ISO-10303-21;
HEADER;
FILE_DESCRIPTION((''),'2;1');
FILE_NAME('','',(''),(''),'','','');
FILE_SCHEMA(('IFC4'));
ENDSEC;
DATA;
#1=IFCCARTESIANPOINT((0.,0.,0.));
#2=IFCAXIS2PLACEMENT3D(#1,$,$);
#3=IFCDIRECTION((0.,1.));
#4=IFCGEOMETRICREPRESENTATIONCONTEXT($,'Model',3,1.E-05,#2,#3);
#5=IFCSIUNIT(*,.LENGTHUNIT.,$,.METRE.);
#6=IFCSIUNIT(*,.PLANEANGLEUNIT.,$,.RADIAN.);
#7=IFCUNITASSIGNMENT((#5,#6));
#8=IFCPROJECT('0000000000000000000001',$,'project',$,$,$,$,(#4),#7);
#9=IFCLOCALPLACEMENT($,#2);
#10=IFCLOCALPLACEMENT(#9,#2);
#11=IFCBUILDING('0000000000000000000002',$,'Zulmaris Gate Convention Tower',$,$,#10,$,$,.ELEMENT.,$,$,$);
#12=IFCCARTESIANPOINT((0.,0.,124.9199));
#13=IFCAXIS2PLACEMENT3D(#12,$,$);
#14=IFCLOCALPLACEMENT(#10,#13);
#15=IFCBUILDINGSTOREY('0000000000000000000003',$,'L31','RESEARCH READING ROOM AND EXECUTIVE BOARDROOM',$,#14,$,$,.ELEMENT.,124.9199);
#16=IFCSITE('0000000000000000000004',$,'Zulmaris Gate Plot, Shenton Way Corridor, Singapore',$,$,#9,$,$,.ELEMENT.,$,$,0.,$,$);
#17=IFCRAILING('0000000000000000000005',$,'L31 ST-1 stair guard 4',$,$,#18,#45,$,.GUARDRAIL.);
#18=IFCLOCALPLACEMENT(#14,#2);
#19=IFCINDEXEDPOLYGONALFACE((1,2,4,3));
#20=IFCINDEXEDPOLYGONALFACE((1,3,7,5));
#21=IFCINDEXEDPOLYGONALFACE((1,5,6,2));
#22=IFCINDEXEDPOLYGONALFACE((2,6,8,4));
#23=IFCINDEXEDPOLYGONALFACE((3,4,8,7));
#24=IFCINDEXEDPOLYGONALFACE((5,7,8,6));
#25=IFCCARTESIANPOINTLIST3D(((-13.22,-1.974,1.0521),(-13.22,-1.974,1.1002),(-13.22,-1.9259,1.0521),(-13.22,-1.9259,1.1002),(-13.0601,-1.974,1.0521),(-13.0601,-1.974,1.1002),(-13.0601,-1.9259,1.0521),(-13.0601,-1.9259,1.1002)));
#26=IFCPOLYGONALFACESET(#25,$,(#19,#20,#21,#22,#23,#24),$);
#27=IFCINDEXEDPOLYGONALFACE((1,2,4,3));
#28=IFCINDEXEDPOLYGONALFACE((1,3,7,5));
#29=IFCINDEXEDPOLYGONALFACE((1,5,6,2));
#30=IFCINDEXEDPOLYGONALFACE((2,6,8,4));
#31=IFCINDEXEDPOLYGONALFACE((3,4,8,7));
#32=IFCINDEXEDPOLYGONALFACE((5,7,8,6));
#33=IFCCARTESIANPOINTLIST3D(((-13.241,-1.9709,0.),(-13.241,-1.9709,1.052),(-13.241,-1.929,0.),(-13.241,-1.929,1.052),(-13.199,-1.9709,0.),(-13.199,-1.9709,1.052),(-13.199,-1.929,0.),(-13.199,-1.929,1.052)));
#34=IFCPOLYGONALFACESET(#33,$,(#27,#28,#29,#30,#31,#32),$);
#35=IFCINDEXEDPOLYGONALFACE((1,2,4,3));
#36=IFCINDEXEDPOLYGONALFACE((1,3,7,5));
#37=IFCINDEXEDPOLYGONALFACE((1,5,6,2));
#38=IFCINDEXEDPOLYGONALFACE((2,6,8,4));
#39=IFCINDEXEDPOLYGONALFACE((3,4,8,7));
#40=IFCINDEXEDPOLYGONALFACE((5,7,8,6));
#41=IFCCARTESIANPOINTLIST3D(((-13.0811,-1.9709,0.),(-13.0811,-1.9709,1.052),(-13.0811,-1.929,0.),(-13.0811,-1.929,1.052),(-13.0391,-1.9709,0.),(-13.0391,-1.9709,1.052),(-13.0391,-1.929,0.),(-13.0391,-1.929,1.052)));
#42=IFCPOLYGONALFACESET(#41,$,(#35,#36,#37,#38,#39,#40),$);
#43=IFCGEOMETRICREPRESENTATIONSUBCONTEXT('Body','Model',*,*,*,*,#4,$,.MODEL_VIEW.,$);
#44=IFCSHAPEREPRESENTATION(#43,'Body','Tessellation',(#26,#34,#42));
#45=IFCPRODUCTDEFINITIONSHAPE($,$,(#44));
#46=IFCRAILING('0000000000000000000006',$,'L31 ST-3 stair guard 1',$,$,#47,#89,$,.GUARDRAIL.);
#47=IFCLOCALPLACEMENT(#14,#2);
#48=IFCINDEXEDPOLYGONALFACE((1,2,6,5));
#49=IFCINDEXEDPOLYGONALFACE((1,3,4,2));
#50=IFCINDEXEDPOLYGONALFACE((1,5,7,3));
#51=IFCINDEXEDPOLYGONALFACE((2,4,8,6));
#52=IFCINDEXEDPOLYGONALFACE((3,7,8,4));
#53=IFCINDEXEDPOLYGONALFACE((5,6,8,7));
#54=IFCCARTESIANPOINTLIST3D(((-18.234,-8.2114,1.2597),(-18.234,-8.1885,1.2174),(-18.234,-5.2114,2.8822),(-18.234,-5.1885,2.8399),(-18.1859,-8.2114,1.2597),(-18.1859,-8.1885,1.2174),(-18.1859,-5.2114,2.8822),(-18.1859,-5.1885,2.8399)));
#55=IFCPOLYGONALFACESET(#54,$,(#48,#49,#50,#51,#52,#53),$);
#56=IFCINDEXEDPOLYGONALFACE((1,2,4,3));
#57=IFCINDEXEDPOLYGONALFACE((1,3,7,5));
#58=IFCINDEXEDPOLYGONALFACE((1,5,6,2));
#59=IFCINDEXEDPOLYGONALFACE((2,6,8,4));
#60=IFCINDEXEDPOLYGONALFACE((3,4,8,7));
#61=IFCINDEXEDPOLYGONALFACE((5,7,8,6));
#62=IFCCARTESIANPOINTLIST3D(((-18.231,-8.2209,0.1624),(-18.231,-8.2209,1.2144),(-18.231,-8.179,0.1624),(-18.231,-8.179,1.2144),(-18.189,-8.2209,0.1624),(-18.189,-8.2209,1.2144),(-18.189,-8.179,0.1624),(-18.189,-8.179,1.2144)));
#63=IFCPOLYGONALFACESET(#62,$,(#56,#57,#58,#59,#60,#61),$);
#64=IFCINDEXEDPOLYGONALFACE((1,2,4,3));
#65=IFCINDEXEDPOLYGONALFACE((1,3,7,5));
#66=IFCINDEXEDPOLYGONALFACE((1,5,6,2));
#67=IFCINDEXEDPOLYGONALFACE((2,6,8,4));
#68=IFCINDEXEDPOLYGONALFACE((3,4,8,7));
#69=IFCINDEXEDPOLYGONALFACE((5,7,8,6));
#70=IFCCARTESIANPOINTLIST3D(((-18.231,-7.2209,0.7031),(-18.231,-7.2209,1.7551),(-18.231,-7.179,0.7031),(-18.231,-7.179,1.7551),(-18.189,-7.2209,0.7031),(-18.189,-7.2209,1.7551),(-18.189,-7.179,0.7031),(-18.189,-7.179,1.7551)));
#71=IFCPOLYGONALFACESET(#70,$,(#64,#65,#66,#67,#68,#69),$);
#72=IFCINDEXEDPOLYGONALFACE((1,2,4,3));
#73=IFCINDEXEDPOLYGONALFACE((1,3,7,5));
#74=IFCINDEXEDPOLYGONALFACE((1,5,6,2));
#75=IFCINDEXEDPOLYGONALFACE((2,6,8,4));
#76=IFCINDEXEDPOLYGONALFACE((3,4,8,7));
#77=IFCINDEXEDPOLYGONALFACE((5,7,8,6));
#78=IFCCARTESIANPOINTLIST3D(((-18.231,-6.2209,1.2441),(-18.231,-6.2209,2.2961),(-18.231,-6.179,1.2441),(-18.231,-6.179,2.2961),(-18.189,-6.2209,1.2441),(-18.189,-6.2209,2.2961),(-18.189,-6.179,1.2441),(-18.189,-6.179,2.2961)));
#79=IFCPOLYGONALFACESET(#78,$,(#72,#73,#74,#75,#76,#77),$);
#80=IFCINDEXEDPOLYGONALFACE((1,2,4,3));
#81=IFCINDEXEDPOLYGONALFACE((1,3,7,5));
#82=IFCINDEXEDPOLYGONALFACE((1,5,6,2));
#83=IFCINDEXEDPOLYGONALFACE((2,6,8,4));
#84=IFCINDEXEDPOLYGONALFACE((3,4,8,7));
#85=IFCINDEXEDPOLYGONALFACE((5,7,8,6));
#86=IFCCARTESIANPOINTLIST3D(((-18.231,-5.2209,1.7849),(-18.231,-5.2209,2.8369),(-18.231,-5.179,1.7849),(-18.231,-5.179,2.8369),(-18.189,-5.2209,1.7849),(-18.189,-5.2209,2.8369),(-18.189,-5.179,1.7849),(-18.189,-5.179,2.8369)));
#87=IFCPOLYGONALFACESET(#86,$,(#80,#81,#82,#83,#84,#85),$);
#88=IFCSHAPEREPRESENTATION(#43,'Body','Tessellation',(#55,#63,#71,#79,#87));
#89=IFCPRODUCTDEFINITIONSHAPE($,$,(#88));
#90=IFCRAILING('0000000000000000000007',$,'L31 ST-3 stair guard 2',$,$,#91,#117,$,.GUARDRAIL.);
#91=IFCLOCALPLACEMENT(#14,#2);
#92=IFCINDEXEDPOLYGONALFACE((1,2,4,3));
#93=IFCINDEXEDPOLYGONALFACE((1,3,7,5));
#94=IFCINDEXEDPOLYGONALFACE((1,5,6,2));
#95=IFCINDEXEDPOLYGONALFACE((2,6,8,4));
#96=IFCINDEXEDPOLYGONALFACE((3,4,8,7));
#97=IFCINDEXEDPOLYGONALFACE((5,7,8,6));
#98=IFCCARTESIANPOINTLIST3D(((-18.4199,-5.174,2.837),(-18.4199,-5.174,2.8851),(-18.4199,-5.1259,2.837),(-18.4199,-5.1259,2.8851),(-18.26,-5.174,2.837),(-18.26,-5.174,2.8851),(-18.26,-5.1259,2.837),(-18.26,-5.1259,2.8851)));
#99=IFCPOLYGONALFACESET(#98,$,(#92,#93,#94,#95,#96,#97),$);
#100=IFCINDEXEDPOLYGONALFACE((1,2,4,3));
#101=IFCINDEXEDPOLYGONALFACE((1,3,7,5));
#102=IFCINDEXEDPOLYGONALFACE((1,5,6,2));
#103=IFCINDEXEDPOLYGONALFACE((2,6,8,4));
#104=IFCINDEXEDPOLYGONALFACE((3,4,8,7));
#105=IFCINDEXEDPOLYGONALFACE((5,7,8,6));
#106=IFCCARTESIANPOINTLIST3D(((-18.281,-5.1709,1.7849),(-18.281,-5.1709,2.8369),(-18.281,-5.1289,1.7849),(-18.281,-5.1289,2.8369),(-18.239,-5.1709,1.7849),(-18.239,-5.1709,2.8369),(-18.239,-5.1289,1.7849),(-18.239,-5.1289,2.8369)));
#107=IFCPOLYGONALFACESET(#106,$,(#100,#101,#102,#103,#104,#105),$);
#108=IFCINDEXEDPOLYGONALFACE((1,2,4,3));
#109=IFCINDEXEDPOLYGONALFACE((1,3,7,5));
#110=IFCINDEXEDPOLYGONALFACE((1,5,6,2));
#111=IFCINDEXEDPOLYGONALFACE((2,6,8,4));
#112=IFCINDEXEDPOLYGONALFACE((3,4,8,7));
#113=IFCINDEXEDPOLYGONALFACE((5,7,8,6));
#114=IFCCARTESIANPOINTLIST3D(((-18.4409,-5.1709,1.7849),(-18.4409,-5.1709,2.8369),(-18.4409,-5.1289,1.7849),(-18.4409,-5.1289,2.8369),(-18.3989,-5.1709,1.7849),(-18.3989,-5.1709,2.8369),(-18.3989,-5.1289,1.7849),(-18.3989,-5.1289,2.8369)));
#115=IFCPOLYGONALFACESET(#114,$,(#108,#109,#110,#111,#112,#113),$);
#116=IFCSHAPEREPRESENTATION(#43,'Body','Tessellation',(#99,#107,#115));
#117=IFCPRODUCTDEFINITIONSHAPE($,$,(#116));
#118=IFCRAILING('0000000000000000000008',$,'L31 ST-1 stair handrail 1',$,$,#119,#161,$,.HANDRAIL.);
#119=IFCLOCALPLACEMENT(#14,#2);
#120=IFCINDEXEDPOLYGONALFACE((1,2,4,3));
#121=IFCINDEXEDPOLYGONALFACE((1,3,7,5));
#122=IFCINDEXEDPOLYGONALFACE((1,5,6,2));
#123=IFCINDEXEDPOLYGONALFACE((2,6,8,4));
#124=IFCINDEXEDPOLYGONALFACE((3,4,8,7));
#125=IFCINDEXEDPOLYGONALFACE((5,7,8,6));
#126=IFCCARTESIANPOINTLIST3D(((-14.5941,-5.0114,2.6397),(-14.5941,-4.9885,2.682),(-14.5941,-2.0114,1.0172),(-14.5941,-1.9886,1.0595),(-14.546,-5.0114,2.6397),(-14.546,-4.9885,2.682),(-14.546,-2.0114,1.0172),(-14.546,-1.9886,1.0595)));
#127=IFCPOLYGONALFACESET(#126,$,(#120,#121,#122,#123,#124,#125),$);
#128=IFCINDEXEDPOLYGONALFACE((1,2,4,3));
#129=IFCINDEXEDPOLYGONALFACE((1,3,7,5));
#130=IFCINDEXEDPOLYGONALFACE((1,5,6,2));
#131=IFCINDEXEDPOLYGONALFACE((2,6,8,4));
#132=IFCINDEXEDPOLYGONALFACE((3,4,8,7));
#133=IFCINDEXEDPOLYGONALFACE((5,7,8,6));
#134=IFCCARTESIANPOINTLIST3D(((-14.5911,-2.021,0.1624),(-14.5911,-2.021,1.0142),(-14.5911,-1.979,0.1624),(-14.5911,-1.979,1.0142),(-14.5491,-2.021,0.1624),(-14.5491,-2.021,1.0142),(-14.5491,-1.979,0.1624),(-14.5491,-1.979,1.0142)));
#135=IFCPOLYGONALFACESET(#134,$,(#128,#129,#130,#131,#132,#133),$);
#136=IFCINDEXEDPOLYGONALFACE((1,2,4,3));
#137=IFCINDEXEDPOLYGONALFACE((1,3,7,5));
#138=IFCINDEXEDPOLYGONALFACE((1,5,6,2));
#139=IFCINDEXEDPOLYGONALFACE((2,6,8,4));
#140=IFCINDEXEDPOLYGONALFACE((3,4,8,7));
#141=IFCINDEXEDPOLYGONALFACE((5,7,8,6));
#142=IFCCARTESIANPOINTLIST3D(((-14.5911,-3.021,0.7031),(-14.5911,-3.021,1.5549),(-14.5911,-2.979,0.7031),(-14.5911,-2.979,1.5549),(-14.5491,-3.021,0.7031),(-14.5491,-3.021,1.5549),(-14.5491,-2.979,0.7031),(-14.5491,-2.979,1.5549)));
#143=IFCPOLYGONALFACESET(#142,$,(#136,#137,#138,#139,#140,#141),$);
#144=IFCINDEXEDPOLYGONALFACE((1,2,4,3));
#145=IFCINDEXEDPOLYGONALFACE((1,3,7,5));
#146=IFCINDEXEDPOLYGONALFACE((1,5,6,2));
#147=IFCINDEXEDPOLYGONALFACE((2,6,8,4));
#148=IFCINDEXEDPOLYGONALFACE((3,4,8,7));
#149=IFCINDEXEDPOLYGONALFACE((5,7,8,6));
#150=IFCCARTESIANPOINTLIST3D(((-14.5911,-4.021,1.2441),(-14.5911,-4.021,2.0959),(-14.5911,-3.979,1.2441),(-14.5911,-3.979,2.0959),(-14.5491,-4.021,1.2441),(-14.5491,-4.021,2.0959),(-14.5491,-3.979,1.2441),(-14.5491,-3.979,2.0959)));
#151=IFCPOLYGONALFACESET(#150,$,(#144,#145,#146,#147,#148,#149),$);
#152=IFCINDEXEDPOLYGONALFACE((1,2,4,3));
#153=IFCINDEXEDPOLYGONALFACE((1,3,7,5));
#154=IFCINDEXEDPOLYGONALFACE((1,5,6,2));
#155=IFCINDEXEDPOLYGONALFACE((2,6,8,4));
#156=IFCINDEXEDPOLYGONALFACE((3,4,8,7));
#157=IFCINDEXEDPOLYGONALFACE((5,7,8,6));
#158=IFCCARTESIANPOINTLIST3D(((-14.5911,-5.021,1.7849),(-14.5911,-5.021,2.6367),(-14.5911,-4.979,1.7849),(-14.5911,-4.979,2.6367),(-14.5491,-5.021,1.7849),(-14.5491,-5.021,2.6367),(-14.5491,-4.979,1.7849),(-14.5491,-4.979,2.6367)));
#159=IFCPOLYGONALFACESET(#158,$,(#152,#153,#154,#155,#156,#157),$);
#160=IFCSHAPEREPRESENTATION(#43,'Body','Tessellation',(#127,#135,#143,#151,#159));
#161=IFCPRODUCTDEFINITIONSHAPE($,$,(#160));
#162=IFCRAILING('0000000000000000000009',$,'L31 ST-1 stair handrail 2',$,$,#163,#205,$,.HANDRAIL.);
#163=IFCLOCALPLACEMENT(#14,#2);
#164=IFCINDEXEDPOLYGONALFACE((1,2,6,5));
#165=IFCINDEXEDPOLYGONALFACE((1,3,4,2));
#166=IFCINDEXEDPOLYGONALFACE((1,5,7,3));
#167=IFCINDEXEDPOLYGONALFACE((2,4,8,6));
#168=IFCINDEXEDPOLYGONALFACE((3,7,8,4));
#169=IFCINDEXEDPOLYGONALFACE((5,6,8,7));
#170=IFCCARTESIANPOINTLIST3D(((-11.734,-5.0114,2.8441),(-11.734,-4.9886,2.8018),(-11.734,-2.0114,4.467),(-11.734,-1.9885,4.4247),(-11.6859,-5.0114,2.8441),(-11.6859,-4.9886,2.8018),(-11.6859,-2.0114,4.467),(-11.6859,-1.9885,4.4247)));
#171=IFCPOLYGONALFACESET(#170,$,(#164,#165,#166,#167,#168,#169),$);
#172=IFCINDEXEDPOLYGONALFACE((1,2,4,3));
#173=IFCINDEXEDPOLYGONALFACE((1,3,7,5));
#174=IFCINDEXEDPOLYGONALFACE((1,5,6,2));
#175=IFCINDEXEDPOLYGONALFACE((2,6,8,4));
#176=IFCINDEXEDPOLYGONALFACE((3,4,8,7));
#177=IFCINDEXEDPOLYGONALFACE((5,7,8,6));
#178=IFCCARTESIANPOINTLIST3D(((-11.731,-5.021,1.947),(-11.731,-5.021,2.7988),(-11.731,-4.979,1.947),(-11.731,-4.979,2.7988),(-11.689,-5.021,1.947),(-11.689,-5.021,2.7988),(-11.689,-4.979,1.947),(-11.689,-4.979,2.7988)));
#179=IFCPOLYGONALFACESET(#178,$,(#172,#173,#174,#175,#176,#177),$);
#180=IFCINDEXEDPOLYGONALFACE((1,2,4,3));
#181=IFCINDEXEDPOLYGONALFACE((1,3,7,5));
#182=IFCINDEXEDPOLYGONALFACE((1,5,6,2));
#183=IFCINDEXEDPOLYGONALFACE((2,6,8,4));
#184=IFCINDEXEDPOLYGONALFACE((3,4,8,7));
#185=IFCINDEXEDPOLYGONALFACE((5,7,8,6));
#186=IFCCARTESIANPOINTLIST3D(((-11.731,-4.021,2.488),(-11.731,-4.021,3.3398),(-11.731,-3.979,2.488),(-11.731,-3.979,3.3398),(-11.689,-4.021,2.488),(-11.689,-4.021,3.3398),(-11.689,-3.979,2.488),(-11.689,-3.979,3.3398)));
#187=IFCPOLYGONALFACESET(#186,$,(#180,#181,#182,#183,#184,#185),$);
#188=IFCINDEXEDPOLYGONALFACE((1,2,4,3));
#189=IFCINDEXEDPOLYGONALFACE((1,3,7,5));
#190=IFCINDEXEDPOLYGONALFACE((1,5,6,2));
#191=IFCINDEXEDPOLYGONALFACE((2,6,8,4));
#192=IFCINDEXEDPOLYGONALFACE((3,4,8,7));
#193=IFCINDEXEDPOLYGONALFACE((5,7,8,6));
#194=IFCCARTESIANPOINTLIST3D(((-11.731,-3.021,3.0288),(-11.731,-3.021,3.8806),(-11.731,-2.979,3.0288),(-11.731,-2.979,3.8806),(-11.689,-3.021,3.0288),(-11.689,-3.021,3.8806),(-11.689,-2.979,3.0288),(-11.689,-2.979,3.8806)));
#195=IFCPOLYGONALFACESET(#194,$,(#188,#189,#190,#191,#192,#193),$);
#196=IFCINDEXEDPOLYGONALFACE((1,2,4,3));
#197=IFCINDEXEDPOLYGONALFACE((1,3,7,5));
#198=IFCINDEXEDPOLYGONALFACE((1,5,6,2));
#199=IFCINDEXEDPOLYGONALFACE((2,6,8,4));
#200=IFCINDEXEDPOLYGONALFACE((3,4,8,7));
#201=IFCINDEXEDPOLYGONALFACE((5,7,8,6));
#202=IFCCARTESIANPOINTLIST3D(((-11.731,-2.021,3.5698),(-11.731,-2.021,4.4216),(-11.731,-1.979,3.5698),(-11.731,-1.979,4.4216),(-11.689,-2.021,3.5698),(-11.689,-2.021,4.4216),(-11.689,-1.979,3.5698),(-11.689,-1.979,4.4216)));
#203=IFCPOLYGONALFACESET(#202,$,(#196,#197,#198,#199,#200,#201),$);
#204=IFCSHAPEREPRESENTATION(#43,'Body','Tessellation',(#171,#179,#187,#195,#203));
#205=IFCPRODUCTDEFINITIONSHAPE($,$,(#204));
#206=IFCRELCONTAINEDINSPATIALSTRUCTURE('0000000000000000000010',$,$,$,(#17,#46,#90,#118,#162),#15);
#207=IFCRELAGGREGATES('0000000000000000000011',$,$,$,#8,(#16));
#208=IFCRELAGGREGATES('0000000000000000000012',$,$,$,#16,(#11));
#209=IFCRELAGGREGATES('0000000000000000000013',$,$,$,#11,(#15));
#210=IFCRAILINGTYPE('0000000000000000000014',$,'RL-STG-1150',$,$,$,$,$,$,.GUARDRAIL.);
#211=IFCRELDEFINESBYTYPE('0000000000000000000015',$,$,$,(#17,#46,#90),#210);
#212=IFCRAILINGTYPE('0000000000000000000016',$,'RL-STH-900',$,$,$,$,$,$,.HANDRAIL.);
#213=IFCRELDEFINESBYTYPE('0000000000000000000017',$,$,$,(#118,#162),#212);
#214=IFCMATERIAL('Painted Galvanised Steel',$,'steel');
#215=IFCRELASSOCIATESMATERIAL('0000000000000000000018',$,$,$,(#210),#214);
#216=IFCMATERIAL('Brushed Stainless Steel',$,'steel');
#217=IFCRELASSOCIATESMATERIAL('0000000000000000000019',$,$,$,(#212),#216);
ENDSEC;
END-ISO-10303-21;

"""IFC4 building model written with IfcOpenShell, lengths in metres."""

from ifc_helpers import new_model, si_unit, direction, frame, origin, origin_2d, place, context, subcontext, project, spatial, rectangle, extrude, material, type_object, element, save


model = new_model("IFC4")

# Units and contexts
model_context = context("Model", 3, precision=1e-05, world=origin(), true_north=direction((0.0, 1.0)))
body_context = subcontext(model_context, "Body", "Model", "MODEL_VIEW")
ifc_project = project(units=[si_unit("LENGTHUNIT", "METRE"), si_unit("PLANEANGLEUNIT", "RADIAN")], contexts=[model_context])

# Site, building, storey
site_placement = place(None, origin())
site = spatial("IfcSite", under=ifc_project, at=site_placement, Name="Zulmaris Gate Plot, Shenton Way Corridor, Singapore", CompositionType="ELEMENT", RefElevation=0.0)
building_placement = place(site_placement, origin())
building = spatial("IfcBuilding", under=site, at=building_placement, Name="Zulmaris Gate Convention Tower", CompositionType="ELEMENT")
storey_placement = place(building_placement, frame((0.0, 0.0, 124.9199)))
storey = spatial("IfcBuildingStorey", under=building, at=storey_placement, Name="L31", Description="RESEARCH READING ROOM AND EXECUTIVE BOARDROOM", CompositionType="ELEMENT", Elevation=124.9199)

# Railings
ifc_material_1 = material(Name="Painted Galvanised Steel", Category="steel")
railing_type_1 = type_object("IfcRailingType", Name="RL-STG-1150", PredefinedType="GUARDRAIL", material=ifc_material_1)
railing_1_placement = place(storey_placement, frame((-13.22, -1.95, 0.0)))
element("IfcRailing", 1, at=railing_1_placement, inside=storey, type_object=railing_type_1, Name="L31 ST-1 stair guard 4", PredefinedType="GUARDRAIL", context=body_context, shape_type="SweptSolid", body=[
    extrude(rectangle(XDim=0.0481, YDim=0.0481, at=origin_2d()), frame((0.0, 0.0, 1.0762), z_axis=(1.0, 0.0, 0.0), x_axis=(0.0, 1.0, 0.0)), (0.0, 0.0, 1.0), 0.1599),
    extrude(rectangle(XDim=0.042, YDim=0.042, at=origin_2d()), origin(), (0.0, 0.0, 1.0), 1.052),
    extrude(rectangle(XDim=0.042, YDim=0.042, at=origin_2d()), frame((0.1599, 0.0, 0.0)), (0.0, 0.0, 1.0), 1.052),
])
railing_2_placement = place(storey_placement, frame((-18.21, -8.2, 0.1624)))
element("IfcRailing", 2, at=railing_2_placement, inside=storey, type_object=railing_type_1, Name="L31 ST-3 stair guard 1", PredefinedType="GUARDRAIL", context=body_context, shape_type="SweptSolid", body=[
    extrude(rectangle(XDim=0.0481, YDim=0.0481, at=origin_2d()), frame((0.0, 0.0, 1.0762), z_axis=(0.0, 0.879592, 0.47573), x_axis=(-1.0, 0.0, 0.0)), (0.0, 0.0, 1.0), 3.4106),
    extrude(rectangle(XDim=0.042, YDim=0.042, at=origin_2d()), origin(), (0.0, 0.0, 1.0), 1.052),
    extrude(rectangle(XDim=0.042, YDim=0.042, at=origin_2d()), frame((0.0, 1.0, 0.5408)), (0.0, 0.0, 1.0), 1.052),
    extrude(rectangle(XDim=0.042, YDim=0.042, at=origin_2d()), frame((0.0, 2.0, 1.0818)), (0.0, 0.0, 1.0), 1.052),
    extrude(rectangle(XDim=0.042, YDim=0.042, at=origin_2d()), frame((0.0, 3.0, 1.6226)), (0.0, 0.0, 1.0), 1.052),
])
railing_3_placement = place(storey_placement, frame((-18.26, -5.1499, 1.7849)))
element("IfcRailing", 3, at=railing_3_placement, inside=storey, type_object=railing_type_1, Name="L31 ST-3 stair guard 2", PredefinedType="GUARDRAIL", context=body_context, shape_type="SweptSolid", body=[
    extrude(rectangle(XDim=0.0481, YDim=0.0481, at=origin_2d()), frame((0.0, 0.0, 1.0762), z_axis=(-1.0, 0.0, 0.0), x_axis=(0.0, -1.0, 0.0)), (0.0, 0.0, 1.0), 0.1599),
    extrude(rectangle(XDim=0.042, YDim=0.042, at=origin_2d()), origin(), (0.0, 0.0, 1.0), 1.052),
    extrude(rectangle(XDim=0.042, YDim=0.042, at=origin_2d()), frame((-0.1599, 0.0, 0.0)), (0.0, 0.0, 1.0), 1.052),
])
ifc_material_2 = material(Name="Brushed Stainless Steel", Category="steel")
railing_type_2 = type_object("IfcRailingType", Name="RL-STH-900", PredefinedType="HANDRAIL", material=ifc_material_2)
railing_4_placement = place(storey_placement, frame((-14.5701, -2.0, 0.1624)))
element("IfcRailing", 4, at=railing_4_placement, inside=storey, type_object=railing_type_2, Name="L31 ST-1 stair handrail 1", PredefinedType="HANDRAIL", context=body_context, shape_type="SweptSolid", body=[
    extrude(rectangle(XDim=0.0481, YDim=0.0481, at=origin_2d()), frame((0.0, 0.0, 0.876), z_axis=(0.0, -0.879592, 0.47573), x_axis=(1.0, 0.0, 0.0)), (0.0, 0.0, 1.0), 3.4106),
    extrude(rectangle(XDim=0.042, YDim=0.042, at=origin_2d()), origin(), (0.0, 0.0, 1.0), 0.8518),
    extrude(rectangle(XDim=0.042, YDim=0.042, at=origin_2d()), frame((0.0, -1.0, 0.5408)), (0.0, 0.0, 1.0), 0.8518),
    extrude(rectangle(XDim=0.042, YDim=0.042, at=origin_2d()), frame((0.0, -2.0, 1.0818)), (0.0, 0.0, 1.0), 0.8518),
    extrude(rectangle(XDim=0.042, YDim=0.042, at=origin_2d()), frame((0.0, -3.0, 1.6226)), (0.0, 0.0, 1.0), 0.8518),
])
railing_5_placement = place(storey_placement, frame((-11.71, -5.0, 1.947)))
element("IfcRailing", 5, at=railing_5_placement, inside=storey, type_object=railing_type_2, Name="L31 ST-1 stair handrail 2", PredefinedType="HANDRAIL", context=body_context, shape_type="SweptSolid", body=[
    extrude(rectangle(XDim=0.0481, YDim=0.0481, at=origin_2d()), frame((0.0, 0.0, 0.876), z_axis=(0.0, 0.879562, 0.475785), x_axis=(-1.0, 0.0, 0.0)), (0.0, 0.0, 1.0), 3.4109),
    extrude(rectangle(XDim=0.042, YDim=0.042, at=origin_2d()), origin(), (0.0, 0.0, 1.0), 0.8518),
    extrude(rectangle(XDim=0.042, YDim=0.042, at=origin_2d()), frame((0.0, 1.0, 0.541)), (0.0, 0.0, 1.0), 0.8518),
    extrude(rectangle(XDim=0.042, YDim=0.042, at=origin_2d()), frame((0.0, 2.0, 1.0818)), (0.0, 0.0, 1.0), 0.8518),
    extrude(rectangle(XDim=0.042, YDim=0.042, at=origin_2d()), frame((0.0, 3.0, 1.6228)), (0.0, 0.0, 1.0), 0.8518),
])

save(model, "model.ifc")
